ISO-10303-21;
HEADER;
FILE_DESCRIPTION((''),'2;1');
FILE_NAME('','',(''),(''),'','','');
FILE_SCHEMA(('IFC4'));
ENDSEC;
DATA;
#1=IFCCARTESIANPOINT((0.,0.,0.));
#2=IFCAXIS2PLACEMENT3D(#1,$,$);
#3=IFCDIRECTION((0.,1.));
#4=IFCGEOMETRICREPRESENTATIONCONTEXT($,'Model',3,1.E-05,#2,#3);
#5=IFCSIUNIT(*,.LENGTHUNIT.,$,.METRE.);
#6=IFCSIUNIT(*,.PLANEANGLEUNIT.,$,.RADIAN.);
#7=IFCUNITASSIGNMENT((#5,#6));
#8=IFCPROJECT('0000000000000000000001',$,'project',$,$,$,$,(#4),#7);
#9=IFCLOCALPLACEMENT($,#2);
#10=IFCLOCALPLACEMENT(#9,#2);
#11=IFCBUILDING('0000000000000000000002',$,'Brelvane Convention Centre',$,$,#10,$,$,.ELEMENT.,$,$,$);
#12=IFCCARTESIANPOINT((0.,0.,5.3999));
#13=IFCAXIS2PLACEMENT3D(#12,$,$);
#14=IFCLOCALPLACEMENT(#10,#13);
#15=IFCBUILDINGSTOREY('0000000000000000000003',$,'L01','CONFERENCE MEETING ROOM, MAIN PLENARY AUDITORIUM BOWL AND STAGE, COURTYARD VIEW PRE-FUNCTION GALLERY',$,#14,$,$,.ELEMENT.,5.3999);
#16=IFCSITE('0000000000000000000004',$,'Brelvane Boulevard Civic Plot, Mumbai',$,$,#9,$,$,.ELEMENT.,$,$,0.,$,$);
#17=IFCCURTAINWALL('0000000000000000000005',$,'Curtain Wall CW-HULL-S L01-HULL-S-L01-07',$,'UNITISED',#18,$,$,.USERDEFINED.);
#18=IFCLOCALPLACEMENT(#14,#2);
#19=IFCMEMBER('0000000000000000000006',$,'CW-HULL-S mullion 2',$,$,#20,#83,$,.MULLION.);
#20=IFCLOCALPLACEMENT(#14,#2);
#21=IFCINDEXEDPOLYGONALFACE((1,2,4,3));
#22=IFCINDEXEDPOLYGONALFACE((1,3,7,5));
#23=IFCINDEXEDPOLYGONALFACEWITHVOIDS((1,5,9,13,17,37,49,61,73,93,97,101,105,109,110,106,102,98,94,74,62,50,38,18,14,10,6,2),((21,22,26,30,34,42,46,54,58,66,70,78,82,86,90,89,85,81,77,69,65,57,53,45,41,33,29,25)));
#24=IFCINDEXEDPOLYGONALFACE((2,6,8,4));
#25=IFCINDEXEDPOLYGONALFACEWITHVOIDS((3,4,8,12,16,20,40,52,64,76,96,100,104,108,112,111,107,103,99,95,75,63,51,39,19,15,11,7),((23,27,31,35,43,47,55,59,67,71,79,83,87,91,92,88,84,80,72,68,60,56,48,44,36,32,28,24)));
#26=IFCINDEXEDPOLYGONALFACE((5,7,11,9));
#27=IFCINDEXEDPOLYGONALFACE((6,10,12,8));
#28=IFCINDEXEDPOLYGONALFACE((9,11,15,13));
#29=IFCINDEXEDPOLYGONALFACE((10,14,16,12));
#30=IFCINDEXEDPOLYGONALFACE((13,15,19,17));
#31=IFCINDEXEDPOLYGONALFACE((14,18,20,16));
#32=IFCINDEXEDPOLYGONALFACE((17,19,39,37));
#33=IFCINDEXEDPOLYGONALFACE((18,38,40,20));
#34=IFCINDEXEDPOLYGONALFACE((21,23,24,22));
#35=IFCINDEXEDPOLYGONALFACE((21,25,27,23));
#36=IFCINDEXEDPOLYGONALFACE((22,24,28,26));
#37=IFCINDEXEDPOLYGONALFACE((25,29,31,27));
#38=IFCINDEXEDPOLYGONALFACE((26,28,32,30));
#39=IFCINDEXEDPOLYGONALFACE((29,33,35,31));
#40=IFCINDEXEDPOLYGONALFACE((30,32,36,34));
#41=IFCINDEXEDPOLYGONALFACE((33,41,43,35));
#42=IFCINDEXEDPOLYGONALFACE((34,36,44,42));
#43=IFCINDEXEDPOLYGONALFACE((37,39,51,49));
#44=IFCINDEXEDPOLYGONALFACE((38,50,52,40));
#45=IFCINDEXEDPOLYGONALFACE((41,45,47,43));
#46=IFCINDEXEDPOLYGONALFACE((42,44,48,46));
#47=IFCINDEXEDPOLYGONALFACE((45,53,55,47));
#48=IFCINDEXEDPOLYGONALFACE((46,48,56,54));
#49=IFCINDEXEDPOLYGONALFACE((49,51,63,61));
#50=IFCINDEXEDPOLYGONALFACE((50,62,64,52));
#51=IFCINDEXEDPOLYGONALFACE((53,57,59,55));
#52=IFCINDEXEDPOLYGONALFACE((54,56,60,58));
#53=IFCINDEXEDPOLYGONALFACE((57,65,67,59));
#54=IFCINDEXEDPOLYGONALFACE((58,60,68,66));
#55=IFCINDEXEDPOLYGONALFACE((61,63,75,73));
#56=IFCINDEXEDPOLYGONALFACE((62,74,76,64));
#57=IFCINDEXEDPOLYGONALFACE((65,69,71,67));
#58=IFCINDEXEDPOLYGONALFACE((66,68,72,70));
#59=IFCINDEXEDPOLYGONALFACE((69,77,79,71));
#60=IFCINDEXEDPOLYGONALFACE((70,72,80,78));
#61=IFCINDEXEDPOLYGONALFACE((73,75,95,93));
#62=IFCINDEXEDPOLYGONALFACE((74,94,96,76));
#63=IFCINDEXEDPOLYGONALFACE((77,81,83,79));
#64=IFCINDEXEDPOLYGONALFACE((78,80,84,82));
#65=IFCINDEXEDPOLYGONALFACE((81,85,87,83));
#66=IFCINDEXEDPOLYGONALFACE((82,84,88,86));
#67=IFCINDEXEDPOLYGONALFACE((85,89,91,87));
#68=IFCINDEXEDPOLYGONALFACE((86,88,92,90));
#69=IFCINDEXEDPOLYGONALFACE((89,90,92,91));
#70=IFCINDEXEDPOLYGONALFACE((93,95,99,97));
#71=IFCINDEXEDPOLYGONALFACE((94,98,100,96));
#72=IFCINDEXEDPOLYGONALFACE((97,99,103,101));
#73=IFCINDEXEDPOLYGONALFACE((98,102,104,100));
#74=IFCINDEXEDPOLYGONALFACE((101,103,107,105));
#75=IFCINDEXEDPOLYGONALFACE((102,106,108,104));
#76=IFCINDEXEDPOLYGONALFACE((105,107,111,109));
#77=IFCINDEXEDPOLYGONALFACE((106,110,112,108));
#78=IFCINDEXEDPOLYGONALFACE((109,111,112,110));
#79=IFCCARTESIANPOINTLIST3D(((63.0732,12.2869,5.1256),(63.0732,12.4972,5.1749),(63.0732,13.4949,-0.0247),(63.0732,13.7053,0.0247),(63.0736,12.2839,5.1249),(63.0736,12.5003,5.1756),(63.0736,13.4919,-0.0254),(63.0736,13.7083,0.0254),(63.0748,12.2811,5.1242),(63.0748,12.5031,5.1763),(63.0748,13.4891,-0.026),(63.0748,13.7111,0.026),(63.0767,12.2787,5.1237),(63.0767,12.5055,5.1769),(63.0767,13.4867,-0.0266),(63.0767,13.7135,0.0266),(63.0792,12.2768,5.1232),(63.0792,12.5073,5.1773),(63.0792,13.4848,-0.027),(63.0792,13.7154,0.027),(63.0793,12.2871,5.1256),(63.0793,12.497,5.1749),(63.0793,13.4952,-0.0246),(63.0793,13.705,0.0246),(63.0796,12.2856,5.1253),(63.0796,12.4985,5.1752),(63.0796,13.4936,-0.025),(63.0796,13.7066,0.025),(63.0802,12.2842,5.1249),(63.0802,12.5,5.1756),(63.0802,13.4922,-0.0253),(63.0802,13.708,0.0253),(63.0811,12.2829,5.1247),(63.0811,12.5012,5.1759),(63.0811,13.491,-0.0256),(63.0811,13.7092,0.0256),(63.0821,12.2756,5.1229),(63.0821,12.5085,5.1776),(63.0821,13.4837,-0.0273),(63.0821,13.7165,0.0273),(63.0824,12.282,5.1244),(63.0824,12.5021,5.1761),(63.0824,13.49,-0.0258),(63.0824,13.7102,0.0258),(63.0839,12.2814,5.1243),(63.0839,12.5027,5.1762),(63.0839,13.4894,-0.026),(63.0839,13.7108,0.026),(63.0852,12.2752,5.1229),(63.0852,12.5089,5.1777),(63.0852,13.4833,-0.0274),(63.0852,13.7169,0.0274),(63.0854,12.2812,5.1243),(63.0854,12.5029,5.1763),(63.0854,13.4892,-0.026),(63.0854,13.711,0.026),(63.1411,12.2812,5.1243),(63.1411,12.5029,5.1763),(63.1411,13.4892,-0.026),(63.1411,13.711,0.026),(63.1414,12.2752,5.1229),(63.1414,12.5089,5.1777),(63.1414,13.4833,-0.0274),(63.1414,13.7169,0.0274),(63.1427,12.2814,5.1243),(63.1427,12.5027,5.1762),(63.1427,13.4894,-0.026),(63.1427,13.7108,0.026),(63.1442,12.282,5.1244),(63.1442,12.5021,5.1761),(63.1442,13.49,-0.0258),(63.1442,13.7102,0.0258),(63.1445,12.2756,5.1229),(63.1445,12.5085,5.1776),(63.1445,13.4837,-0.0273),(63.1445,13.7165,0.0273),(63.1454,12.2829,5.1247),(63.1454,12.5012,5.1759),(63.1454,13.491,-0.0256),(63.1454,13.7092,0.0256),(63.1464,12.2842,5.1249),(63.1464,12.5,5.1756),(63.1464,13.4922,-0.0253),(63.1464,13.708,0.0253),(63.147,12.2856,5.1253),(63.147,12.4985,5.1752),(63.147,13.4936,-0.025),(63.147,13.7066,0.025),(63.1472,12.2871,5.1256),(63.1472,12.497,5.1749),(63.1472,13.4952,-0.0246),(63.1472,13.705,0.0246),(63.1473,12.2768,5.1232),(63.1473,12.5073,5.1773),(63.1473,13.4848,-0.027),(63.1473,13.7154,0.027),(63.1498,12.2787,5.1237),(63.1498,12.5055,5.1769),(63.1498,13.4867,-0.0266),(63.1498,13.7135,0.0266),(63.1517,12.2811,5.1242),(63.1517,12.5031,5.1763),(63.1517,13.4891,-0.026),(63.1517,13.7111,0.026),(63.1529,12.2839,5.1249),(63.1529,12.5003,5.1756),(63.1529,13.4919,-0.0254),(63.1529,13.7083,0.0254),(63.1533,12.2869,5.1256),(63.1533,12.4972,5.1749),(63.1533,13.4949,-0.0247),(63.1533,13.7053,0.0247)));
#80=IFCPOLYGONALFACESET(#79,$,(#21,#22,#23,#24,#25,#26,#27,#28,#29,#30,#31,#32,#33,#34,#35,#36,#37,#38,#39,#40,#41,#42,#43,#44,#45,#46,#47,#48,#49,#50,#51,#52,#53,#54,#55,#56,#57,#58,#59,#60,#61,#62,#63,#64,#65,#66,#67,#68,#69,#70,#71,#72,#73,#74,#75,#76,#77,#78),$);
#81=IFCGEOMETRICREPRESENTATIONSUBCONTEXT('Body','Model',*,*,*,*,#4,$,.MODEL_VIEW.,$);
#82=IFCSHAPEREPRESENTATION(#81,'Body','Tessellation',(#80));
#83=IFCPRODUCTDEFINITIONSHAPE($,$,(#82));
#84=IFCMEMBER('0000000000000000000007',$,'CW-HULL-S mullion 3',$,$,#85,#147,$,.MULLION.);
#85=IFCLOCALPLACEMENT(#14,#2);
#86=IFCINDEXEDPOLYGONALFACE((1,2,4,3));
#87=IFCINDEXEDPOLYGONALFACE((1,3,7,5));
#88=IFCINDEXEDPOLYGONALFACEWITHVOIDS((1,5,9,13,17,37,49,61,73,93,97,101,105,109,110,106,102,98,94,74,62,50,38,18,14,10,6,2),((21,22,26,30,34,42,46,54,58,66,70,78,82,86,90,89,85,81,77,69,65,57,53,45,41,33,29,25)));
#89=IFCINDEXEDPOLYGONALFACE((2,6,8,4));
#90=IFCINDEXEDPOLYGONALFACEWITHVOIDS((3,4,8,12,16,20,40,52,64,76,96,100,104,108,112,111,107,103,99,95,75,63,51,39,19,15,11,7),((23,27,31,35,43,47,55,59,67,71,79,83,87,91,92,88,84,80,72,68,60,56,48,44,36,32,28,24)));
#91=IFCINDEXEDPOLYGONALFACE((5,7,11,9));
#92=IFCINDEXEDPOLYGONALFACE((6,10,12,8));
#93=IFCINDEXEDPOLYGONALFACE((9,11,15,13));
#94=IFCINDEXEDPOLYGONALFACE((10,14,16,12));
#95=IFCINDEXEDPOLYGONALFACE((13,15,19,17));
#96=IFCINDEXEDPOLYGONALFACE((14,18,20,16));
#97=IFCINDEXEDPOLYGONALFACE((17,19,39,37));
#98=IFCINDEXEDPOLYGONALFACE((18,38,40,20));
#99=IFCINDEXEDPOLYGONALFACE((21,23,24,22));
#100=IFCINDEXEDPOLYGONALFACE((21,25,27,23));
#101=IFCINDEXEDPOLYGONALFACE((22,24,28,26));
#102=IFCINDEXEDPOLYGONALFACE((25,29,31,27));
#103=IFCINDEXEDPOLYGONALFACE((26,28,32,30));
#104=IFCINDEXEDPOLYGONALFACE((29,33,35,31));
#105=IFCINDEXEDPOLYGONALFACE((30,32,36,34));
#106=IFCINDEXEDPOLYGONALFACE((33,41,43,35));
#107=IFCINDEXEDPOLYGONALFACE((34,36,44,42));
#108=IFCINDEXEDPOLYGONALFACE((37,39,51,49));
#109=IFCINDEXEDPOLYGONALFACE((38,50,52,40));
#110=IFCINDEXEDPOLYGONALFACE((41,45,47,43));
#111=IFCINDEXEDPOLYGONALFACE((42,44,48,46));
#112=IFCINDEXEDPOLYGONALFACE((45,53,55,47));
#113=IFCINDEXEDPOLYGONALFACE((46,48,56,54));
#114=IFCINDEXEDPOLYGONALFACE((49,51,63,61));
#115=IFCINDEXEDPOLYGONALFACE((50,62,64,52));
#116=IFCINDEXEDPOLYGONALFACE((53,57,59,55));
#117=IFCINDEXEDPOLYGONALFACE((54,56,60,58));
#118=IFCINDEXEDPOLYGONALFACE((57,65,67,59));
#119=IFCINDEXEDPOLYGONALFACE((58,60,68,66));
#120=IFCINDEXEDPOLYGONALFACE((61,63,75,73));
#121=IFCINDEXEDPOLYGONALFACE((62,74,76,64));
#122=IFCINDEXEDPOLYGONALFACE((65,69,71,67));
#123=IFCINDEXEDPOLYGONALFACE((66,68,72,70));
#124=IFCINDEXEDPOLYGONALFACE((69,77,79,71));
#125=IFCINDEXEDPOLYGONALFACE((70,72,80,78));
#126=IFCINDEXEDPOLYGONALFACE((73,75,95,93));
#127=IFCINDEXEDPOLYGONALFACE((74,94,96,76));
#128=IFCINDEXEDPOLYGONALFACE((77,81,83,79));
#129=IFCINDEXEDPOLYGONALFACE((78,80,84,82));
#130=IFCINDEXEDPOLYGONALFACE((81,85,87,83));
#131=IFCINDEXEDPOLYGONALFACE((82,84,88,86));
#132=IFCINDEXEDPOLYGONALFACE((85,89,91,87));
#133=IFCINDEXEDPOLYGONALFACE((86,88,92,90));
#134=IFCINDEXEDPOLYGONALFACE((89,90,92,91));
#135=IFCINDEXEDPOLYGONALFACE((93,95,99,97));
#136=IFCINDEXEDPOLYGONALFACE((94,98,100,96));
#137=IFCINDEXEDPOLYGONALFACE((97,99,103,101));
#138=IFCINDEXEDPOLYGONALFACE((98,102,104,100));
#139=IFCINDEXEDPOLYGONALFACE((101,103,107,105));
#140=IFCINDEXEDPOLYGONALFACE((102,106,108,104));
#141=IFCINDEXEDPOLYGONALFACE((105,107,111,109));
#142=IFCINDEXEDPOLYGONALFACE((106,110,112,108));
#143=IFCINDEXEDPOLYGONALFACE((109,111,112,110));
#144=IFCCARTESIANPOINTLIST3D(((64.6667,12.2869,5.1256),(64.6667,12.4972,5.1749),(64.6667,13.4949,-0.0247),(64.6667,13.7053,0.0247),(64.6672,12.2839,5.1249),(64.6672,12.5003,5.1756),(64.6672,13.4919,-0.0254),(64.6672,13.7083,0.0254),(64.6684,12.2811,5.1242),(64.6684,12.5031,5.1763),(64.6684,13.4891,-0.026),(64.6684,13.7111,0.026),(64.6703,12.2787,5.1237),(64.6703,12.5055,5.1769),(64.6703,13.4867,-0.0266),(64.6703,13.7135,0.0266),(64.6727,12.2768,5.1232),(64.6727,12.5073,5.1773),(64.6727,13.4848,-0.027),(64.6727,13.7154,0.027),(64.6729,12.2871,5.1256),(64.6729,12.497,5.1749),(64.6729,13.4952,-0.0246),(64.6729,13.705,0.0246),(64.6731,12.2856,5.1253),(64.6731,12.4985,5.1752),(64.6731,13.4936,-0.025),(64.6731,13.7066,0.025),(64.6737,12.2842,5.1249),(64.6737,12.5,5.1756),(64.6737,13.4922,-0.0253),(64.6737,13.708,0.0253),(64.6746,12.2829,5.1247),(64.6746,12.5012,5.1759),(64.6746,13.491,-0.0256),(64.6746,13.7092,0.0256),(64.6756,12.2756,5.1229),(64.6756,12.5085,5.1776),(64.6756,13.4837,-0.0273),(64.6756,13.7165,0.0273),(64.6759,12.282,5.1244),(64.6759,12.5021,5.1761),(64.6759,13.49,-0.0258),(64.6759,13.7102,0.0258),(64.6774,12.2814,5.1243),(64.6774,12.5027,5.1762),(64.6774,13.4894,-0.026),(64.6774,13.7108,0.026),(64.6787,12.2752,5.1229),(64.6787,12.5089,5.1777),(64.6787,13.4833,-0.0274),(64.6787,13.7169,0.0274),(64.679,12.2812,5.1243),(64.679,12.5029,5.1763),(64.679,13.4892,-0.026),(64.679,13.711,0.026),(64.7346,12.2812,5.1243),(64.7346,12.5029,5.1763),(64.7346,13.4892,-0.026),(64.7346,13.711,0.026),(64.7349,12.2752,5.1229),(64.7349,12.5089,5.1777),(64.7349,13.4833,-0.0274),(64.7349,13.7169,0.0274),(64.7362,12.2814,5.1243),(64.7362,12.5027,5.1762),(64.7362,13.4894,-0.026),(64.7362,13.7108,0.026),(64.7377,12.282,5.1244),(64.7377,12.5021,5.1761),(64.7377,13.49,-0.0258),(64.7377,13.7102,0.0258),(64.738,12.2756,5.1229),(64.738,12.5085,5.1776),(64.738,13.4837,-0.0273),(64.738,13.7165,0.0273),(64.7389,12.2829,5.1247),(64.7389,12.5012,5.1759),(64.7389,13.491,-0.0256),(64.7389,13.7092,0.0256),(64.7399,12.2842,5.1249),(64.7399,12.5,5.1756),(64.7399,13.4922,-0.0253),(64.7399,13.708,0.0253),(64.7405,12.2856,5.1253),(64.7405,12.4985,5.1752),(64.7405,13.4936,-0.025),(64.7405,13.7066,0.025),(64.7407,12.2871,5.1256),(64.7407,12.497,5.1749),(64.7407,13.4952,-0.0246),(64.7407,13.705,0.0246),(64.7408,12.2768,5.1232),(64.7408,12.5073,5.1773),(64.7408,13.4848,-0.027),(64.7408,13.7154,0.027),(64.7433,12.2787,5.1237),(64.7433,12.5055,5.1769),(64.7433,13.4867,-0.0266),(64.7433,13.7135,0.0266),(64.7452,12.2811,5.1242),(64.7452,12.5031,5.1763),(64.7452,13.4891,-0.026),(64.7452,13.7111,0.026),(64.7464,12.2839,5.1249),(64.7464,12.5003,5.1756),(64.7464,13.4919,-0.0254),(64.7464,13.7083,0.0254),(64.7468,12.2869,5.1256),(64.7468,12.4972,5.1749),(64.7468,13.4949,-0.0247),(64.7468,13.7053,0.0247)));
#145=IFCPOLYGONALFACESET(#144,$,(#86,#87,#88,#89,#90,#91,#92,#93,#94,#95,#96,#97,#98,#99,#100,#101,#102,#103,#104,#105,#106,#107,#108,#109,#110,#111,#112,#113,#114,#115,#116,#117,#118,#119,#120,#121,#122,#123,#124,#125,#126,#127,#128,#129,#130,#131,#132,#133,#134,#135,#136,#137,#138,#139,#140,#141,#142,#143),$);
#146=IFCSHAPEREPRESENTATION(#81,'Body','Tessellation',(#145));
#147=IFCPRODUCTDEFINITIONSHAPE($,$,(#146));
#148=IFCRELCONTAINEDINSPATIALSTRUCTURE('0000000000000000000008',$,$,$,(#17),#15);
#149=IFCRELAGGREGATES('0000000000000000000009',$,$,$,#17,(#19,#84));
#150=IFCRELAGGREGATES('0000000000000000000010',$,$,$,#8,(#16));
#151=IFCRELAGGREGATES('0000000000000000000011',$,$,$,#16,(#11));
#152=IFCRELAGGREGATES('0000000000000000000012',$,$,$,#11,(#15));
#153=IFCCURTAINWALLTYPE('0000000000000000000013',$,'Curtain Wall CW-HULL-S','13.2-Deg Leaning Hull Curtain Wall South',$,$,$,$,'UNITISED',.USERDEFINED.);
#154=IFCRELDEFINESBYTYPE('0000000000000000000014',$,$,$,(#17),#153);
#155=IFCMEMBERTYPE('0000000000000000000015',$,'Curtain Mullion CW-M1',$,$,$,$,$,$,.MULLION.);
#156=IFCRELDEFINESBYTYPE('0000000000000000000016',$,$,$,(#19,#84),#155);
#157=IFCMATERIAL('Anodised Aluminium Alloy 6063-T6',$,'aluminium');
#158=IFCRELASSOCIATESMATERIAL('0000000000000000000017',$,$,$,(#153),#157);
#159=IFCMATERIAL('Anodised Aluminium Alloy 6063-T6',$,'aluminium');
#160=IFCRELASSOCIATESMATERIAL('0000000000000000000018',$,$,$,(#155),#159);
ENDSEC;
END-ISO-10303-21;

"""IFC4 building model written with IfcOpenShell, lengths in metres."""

from ifc_helpers import new_model, si_unit, direction, frame, origin, origin_2d, place, context, subcontext, project, spatial, hollow_rectangle, extrude, material, material_profile, profile_set, type_object, element, aggregate, save


model = new_model("IFC4")

# Units and contexts
model_context = context("Model", 3, precision=1e-05, world=origin(), true_north=direction((0.0, 1.0)))
body_context = subcontext(model_context, "Body", "Model", "MODEL_VIEW")
ifc_project = project(units=[si_unit("LENGTHUNIT", "METRE"), si_unit("PLANEANGLEUNIT", "RADIAN")], contexts=[model_context])

# Site, building, storey
site_placement = place(None, origin())
site = spatial("IfcSite", under=ifc_project, at=site_placement, Name="Brelvane Boulevard Civic Plot, Mumbai", CompositionType="ELEMENT", RefElevation=0.0)
building_placement = place(site_placement, origin())
building = spatial("IfcBuilding", under=site, at=building_placement, Name="Brelvane Convention Centre", CompositionType="ELEMENT")
storey_placement = place(building_placement, frame((0.0, 0.0, 5.3999)))
storey = spatial("IfcBuildingStorey", under=building, at=storey_placement, Name="L01", Description="CONFERENCE MEETING ROOM, MAIN PLENARY AUDITORIUM BOWL AND STAGE, COURTYARD VIEW PRE-FUNCTION GALLERY", CompositionType="ELEMENT", Elevation=5.3999)

# Curtain wall, members
ifc_material_1 = material(Name="Anodised Aluminium Alloy 6063-T6", Category="aluminium")
curtain_wall_type = type_object("IfcCurtainWallType", Name="Curtain Wall CW-HULL-S", Description="13.2-Deg Leaning Hull Curtain Wall South", ElementType="UNITISED", PredefinedType="USERDEFINED", material=ifc_material_1)
ifc_material_2 = material(Name="Anodised Aluminium Alloy 6063-T6", Category="aluminium")
ifc_material_profile_1 = material_profile(ifc_material_2, hollow_rectangle(XDim=0.0801, YDim=0.24, WallThickness=0.0061, InnerFilletRadius=0.0061, OuterFilletRadius=0.012, at=origin_2d()), Name="ALU-M 240x80x6.0")
ifc_profile_set_1 = profile_set([ifc_material_profile_1], Name="Anodised Aluminium Alloy 6063-T6")
member_type_1 = type_object("IfcMemberType", Name="Curtain Mullion CW-M1", PredefinedType="MULLION", material=ifc_profile_set_1)
curtain_wall_1_placement = place(storey_placement, origin())
curtain_wall_1 = element("IfcCurtainWall", 1, at=curtain_wall_1_placement, inside=storey, type_object=curtain_wall_type, Name="Curtain Wall CW-HULL-S L01-HULL-S-L01-07", ObjectType="UNITISED", PredefinedType="USERDEFINED")
member_1_placement = place(storey_placement, frame((63.1133, 13.6001, 0.0), z_axis=(0.0, -0.22836, 0.973577), x_axis=(1.0, 0.0, 0.0)))
member_1 = element("IfcMember", 2, at=member_1_placement, type_object=member_type_1, Name="CW-HULL-S mullion 2", PredefinedType="MULLION", context=body_context, shape_type="SweptSolid", body=[
    extrude(hollow_rectangle(XDim=0.0801, YDim=0.24, WallThickness=0.0061, InnerFilletRadius=0.0061, OuterFilletRadius=0.012, at=origin_2d()), origin(), (0.0, 0.0, 1.0), 5.29),
])
member_2_placement = place(storey_placement, frame((64.7068, 13.6001, 0.0), z_axis=(0.0, -0.22836, 0.973577), x_axis=(1.0, 0.0, 0.0)))
member_2 = element("IfcMember", 3, at=member_2_placement, type_object=member_type_1, Name="CW-HULL-S mullion 3", PredefinedType="MULLION", context=body_context, shape_type="SweptSolid", body=[
    extrude(hollow_rectangle(XDim=0.0801, YDim=0.24, WallThickness=0.0061, InnerFilletRadius=0.0061, OuterFilletRadius=0.012, at=origin_2d()), origin(), (0.0, 0.0, 1.0), 5.29),
])

aggregate(curtain_wall_1, [member_1, member_2])

save(model, "model.ifc")
